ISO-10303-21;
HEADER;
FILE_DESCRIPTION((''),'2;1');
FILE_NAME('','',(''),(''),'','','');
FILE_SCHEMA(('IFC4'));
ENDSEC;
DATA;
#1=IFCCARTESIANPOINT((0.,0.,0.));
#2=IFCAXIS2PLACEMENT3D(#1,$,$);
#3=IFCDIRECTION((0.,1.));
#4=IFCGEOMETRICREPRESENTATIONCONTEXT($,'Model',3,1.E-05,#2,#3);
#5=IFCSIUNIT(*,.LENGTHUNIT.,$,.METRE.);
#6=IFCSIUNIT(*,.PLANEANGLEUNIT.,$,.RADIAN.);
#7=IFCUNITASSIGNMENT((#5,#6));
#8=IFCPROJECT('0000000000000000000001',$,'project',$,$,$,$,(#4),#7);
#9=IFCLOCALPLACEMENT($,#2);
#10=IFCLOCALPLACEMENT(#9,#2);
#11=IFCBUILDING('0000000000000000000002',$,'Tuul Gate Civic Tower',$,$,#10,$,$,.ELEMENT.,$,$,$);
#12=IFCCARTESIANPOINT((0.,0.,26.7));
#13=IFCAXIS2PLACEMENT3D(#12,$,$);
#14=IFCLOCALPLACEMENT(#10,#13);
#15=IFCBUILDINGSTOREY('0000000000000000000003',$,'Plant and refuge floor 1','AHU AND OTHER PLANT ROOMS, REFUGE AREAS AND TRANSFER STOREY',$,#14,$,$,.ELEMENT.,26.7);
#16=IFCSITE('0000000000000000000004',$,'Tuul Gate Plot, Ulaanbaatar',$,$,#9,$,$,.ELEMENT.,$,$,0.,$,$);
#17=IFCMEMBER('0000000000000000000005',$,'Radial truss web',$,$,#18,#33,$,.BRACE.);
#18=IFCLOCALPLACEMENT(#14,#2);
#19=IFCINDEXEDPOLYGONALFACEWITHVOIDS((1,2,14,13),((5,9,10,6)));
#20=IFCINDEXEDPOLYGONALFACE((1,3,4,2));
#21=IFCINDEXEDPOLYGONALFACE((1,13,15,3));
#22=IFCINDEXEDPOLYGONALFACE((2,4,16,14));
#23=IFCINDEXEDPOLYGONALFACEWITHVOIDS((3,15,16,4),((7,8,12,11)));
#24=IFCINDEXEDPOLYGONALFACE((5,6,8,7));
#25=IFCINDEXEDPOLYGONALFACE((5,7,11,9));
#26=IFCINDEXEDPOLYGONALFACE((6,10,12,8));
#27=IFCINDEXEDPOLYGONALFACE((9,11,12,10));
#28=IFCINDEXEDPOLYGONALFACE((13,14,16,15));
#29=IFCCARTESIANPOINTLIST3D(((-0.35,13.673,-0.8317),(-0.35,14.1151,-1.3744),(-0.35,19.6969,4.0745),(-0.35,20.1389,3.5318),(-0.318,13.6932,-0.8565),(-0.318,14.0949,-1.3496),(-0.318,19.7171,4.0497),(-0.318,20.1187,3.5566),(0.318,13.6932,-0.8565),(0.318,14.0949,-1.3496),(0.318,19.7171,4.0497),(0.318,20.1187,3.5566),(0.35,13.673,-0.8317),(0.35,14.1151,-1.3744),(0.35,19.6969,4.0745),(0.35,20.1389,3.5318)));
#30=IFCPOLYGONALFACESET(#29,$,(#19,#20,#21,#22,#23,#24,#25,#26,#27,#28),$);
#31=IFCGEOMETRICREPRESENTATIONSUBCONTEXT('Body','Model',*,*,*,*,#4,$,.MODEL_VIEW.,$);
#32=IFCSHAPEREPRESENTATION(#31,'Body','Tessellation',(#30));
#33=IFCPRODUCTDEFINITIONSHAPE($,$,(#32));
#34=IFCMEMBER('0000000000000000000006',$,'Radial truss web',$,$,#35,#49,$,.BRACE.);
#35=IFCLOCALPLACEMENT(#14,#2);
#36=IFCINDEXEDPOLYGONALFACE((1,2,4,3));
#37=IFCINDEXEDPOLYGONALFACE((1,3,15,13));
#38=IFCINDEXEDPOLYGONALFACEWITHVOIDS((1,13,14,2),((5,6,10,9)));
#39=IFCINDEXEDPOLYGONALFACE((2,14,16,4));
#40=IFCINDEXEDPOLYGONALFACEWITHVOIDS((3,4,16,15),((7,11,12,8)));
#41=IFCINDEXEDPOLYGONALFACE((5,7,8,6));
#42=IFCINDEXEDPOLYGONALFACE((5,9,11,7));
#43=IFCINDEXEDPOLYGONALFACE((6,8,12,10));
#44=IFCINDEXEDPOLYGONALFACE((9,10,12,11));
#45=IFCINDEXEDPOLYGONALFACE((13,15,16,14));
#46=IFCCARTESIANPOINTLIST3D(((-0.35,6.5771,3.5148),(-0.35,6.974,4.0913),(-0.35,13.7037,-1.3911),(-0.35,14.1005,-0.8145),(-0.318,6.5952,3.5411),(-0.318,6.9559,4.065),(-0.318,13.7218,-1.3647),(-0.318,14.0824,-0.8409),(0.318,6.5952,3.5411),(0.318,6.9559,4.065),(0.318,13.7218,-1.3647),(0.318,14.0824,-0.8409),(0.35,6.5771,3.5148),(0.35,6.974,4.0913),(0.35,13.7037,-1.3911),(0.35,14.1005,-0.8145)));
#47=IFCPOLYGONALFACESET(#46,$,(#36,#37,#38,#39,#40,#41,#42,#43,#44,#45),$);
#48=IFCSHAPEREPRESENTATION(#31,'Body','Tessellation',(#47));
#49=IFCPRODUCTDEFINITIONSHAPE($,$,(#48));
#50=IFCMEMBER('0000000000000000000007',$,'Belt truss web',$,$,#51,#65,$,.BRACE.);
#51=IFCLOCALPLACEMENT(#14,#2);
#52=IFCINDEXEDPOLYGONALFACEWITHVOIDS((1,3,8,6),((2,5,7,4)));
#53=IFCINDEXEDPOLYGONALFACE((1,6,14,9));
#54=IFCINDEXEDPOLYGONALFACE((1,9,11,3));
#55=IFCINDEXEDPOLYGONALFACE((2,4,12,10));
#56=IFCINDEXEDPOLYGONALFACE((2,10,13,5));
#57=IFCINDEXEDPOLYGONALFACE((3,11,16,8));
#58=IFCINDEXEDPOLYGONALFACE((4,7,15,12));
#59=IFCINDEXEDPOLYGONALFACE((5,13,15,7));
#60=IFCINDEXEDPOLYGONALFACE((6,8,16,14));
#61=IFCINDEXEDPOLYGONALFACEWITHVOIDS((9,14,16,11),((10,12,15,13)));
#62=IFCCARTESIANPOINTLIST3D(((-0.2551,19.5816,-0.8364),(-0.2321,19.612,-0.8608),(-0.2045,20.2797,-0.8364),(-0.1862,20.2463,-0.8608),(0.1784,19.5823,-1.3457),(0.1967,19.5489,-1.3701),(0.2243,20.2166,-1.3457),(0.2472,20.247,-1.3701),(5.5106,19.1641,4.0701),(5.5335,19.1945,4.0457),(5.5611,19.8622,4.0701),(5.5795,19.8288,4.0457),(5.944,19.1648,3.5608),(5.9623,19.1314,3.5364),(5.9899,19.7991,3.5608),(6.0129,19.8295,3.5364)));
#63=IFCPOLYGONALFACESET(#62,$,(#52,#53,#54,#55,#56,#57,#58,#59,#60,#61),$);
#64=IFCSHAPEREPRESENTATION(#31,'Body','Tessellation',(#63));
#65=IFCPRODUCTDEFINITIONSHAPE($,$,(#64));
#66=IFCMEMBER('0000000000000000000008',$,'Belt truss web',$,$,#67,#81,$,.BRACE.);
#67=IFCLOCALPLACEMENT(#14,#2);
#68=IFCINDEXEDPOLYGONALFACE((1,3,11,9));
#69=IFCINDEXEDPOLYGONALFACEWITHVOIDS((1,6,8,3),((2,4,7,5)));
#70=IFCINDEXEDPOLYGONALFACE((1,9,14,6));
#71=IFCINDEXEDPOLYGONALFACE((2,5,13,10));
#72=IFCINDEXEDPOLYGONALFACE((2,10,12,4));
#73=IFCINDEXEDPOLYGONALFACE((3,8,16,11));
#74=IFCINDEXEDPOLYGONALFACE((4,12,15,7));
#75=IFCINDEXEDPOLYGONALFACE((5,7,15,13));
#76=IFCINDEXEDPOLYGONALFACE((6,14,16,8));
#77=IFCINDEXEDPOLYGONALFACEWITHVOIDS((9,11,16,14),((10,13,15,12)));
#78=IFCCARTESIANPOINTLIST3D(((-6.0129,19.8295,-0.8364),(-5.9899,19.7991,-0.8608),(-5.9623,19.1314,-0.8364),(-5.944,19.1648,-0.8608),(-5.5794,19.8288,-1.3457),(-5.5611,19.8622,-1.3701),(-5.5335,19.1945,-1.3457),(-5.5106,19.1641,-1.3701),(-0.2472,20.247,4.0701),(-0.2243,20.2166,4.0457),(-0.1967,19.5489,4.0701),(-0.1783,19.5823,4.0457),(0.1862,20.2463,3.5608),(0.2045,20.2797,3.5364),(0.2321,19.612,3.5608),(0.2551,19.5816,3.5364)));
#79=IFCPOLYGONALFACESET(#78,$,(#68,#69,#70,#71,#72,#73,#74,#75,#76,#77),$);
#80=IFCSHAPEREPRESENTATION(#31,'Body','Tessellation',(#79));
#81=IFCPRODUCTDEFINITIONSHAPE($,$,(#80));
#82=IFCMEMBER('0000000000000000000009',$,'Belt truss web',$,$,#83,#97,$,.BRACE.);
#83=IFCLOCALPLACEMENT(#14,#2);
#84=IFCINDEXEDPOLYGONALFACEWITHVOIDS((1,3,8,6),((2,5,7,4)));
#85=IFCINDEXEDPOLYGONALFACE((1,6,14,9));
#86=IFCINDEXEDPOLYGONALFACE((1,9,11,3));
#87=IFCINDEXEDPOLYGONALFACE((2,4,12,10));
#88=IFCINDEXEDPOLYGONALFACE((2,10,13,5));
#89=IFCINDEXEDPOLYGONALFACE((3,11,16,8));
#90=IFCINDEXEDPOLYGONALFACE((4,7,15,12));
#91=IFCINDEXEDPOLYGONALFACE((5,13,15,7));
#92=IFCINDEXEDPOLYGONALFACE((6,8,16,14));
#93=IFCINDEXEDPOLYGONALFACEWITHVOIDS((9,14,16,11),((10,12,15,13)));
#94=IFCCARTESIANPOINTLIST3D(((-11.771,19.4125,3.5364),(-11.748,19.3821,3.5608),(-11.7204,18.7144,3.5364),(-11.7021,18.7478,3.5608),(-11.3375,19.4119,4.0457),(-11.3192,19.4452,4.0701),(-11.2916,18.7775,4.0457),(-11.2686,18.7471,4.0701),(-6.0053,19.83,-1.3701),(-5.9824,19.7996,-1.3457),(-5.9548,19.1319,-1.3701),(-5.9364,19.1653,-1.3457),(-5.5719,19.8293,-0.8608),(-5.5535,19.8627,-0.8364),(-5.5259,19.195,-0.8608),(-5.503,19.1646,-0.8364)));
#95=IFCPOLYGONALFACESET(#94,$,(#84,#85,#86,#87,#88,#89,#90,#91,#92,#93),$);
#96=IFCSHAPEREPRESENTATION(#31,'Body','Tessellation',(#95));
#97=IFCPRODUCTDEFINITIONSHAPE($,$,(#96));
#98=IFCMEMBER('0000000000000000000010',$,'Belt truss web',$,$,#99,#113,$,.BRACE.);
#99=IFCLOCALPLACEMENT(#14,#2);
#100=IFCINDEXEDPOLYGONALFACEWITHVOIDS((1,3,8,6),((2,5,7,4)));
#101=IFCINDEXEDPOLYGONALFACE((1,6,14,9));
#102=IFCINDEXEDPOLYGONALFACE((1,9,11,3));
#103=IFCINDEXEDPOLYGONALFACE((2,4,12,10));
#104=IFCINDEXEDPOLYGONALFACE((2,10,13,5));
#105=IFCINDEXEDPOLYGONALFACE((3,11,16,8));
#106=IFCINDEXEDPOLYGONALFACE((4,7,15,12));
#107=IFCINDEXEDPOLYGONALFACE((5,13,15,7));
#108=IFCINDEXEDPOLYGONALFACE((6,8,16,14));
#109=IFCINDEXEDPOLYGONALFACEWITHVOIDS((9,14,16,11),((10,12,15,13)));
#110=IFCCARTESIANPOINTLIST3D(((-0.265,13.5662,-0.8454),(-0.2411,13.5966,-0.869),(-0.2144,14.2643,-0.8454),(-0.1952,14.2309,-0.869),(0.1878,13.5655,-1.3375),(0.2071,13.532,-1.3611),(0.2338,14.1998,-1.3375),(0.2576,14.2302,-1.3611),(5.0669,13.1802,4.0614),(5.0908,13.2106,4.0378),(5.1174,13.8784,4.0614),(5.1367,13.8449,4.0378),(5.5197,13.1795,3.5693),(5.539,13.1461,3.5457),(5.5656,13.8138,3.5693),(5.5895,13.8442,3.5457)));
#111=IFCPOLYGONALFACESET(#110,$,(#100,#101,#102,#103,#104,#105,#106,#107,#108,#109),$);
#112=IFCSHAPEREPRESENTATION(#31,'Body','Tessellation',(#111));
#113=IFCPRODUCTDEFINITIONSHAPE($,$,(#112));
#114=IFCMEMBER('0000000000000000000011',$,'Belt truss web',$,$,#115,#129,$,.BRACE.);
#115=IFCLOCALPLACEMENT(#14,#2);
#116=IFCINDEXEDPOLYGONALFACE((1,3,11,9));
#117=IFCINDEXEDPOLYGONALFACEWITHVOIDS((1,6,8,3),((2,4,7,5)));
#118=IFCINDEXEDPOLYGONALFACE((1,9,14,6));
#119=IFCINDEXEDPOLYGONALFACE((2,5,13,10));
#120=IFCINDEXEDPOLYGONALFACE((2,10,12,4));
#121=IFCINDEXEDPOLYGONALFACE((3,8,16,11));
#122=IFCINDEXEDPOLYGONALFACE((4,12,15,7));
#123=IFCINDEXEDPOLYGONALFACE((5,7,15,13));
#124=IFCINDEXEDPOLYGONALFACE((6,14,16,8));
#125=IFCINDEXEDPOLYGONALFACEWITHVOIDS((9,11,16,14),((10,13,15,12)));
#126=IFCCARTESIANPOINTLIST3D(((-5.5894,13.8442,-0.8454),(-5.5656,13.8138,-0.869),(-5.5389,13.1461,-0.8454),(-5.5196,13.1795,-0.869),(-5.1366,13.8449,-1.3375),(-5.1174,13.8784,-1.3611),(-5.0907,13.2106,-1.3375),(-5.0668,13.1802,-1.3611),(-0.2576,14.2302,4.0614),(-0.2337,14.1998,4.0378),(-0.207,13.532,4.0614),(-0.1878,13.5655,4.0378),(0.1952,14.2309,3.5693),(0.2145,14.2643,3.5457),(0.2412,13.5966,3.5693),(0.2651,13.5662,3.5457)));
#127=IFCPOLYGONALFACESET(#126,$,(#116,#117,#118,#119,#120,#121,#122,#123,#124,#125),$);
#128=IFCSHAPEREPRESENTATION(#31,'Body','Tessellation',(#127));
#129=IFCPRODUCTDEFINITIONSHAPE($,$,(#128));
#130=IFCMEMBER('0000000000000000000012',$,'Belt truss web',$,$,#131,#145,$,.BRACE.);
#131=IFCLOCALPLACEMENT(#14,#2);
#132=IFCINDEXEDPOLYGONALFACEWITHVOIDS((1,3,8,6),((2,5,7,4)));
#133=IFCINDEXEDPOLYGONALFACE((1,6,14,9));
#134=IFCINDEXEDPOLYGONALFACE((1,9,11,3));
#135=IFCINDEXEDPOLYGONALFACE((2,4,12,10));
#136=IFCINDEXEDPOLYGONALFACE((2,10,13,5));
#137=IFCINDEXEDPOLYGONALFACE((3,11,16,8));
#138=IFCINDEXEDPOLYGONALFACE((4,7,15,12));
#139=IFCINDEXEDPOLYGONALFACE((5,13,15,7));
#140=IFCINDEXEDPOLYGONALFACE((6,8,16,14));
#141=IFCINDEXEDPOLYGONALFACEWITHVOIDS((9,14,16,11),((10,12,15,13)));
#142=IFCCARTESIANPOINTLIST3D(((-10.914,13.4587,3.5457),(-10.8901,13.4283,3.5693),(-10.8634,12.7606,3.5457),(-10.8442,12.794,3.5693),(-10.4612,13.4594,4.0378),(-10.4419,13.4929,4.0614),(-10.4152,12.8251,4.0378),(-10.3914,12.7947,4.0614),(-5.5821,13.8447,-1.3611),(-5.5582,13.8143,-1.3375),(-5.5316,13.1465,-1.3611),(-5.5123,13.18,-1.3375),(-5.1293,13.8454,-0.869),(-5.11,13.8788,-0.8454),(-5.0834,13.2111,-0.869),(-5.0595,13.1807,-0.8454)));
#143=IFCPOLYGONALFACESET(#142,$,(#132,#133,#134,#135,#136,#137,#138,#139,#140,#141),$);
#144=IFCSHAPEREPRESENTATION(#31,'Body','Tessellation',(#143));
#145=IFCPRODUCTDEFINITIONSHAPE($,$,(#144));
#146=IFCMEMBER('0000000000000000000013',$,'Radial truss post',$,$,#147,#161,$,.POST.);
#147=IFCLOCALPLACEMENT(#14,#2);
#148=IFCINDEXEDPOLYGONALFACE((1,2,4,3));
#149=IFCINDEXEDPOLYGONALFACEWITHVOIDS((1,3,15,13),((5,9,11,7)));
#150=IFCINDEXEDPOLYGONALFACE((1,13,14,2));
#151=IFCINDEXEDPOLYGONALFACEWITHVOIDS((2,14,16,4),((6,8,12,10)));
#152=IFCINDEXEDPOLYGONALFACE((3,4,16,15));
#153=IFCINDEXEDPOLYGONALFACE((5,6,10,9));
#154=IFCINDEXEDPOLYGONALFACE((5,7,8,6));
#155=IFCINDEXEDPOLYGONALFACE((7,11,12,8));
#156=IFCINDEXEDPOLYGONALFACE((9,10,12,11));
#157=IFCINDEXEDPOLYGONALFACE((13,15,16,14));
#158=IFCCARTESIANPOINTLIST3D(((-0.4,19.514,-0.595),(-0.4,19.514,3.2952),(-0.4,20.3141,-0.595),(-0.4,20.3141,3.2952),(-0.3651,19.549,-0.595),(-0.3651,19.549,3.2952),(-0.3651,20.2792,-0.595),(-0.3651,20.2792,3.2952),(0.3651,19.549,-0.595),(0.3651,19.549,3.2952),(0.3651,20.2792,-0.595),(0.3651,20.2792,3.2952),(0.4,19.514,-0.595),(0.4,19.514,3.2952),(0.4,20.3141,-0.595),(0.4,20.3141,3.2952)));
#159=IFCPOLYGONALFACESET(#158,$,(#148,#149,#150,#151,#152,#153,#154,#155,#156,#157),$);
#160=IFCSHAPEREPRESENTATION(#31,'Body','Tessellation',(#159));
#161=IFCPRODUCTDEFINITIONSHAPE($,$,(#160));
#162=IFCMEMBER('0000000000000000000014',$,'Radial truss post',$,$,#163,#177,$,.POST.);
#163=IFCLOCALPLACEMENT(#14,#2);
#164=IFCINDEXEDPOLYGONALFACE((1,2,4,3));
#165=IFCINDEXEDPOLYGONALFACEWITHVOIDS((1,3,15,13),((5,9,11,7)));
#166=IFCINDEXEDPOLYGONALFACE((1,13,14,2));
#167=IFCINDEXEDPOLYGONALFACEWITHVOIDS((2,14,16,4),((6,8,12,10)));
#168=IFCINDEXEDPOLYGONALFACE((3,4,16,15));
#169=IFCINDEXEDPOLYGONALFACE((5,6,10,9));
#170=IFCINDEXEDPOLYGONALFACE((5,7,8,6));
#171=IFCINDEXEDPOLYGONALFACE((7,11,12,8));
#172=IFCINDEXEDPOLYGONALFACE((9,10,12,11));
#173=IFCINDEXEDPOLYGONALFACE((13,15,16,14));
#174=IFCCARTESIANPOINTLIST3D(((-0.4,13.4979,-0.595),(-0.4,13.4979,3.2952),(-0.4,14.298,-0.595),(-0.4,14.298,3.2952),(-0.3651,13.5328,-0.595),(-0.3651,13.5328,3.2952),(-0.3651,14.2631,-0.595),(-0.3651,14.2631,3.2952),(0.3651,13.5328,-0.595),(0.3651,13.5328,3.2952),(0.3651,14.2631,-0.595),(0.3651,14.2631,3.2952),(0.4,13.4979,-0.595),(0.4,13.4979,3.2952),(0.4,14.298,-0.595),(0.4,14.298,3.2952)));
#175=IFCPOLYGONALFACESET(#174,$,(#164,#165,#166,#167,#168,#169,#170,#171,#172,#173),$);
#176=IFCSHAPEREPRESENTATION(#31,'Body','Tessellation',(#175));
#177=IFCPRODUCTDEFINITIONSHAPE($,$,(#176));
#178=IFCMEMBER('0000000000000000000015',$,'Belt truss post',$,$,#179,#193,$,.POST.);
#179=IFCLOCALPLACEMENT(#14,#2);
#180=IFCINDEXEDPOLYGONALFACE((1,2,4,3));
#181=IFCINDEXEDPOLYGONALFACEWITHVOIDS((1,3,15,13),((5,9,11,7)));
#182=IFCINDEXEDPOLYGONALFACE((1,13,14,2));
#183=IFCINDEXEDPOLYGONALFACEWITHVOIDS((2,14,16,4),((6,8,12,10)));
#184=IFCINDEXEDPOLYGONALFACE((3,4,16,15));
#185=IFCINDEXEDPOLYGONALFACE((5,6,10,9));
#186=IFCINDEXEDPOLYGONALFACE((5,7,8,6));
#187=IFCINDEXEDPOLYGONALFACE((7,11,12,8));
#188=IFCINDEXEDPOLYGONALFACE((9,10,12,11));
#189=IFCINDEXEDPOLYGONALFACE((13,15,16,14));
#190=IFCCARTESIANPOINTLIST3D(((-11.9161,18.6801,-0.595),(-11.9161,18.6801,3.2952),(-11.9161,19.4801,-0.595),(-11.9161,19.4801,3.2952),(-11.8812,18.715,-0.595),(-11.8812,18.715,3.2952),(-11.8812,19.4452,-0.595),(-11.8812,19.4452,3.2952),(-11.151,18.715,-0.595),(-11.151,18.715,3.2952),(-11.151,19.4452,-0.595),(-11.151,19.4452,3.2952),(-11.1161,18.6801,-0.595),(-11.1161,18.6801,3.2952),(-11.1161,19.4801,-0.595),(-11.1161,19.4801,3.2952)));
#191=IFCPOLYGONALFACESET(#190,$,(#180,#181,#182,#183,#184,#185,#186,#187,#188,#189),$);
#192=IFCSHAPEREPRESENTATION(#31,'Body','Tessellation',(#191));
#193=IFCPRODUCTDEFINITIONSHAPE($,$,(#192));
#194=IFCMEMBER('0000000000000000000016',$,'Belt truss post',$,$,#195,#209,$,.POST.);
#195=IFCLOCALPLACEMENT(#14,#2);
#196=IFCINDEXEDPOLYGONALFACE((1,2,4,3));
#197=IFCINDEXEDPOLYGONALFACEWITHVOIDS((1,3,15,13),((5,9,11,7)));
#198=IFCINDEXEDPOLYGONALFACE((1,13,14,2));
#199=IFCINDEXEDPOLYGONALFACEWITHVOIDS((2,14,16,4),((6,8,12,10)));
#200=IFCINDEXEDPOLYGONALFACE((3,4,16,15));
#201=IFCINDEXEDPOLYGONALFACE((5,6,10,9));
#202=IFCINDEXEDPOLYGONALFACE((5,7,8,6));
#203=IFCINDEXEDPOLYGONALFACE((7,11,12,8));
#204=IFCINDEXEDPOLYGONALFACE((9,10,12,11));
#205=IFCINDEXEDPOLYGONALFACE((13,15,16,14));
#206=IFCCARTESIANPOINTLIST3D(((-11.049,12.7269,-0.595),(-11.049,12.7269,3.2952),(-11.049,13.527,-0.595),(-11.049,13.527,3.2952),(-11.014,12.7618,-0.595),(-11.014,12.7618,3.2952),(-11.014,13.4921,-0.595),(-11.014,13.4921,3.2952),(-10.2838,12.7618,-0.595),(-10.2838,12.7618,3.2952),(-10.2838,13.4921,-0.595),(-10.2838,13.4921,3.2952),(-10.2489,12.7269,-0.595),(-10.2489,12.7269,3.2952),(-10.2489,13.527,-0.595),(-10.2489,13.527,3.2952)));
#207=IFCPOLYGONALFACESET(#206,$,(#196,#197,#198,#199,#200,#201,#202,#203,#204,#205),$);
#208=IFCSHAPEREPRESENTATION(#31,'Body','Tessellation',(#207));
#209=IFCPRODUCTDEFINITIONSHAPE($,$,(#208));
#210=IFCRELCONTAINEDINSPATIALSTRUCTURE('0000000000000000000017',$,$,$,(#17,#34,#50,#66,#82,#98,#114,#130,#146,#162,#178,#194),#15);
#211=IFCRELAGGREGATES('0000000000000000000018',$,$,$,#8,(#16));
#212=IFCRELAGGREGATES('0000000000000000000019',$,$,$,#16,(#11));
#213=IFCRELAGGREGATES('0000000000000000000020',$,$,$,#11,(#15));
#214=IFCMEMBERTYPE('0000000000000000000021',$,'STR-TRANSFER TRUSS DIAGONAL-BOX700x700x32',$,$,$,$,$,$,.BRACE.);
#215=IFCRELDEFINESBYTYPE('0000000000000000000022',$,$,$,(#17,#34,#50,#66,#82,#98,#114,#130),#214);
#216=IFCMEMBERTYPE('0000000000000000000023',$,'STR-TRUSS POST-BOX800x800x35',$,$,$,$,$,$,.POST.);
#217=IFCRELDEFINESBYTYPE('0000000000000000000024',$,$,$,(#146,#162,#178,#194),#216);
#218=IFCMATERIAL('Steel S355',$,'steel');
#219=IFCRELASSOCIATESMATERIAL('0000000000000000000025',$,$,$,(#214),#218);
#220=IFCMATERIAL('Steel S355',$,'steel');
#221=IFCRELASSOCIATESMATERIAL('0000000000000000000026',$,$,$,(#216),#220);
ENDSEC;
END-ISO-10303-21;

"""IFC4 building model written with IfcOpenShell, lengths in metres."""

from ifc_helpers import new_model, si_unit, direction, frame, origin, origin_2d, place, context, subcontext, project, spatial, hollow_rectangle, extrude, material, material_profile, profile_set, type_object, element, save


model = new_model("IFC4")

# Units and contexts
model_context = context("Model", 3, precision=1e-05, world=origin(), true_north=direction((0.0, 1.0)))
body_context = subcontext(model_context, "Body", "Model", "MODEL_VIEW")
ifc_project = project(units=[si_unit("LENGTHUNIT", "METRE"), si_unit("PLANEANGLEUNIT", "RADIAN")], contexts=[model_context])

# Site, building, storey
site_placement = place(None, origin())
site = spatial("IfcSite", under=ifc_project, at=site_placement, Name="Tuul Gate Plot, Ulaanbaatar", CompositionType="ELEMENT", RefElevation=0.0)
building_placement = place(site_placement, origin())
building = spatial("IfcBuilding", under=site, at=building_placement, Name="Tuul Gate Civic Tower", CompositionType="ELEMENT")
storey_placement = place(building_placement, frame((0.0, 0.0, 26.7)))
storey = spatial("IfcBuildingStorey", under=building, at=storey_placement, Name="Plant and refuge floor 1", Description="AHU AND OTHER PLANT ROOMS, REFUGE AREAS AND TRANSFER STOREY", CompositionType="ELEMENT", Elevation=26.7)

# Members
ifc_material_1 = material(Name="Steel S355", Category="steel")
ifc_material_profile_1 = material_profile(ifc_material_1, hollow_rectangle(XDim=0.7, YDim=0.7, WallThickness=0.032, at=origin_2d()), Name="BOX700x700x32")
ifc_profile_set_1 = profile_set([ifc_material_profile_1], Name="Steel S355")
member_type_1 = type_object("IfcMemberType", Name="STR-TRANSFER TRUSS DIAGONAL-BOX700x700x32", PredefinedType="BRACE", material=ifc_profile_set_1)
member_1_placement = place(storey_placement, frame((0.0, 13.894, -1.103), z_axis=(0.0, 0.775369, 0.631508), x_axis=(-1.0, 0.0, 0.0)))
element("IfcMember", 1, at=member_1_placement, inside=storey, type_object=member_type_1, Name="Radial truss web", PredefinedType="BRACE", context=body_context, shape_type="SweptSolid", body=[
    extrude(hollow_rectangle(XDim=0.7, YDim=0.7, WallThickness=0.032, at=origin_2d()), origin(), (0.0, 0.0, 1.0), 7.769),
])
member_2_placement = place(storey_placement, frame((0.0, 13.9021, -1.1028), z_axis=(0.0, -0.823701, 0.567025), x_axis=(1.0, 0.0, 0.0)))
element("IfcMember", 2, at=member_2_placement, inside=storey, type_object=member_type_1, Name="Radial truss web", PredefinedType="BRACE", context=body_context, shape_type="SweptSolid", body=[
    extrude(hollow_rectangle(XDim=0.7, YDim=0.7, WallThickness=0.032, at=origin_2d()), origin(), (0.0, 0.0, 1.0), 8.6519),
])
for number, where, z_axis, x_axis, name in (
    (3, (-0.0039, 19.9143, -1.1033), (0.760412, -0.05506, 0.647103), (0.072219, 0.997389, 0.0), "Belt truss web"),
    (4, (-5.7617, 19.4968, -1.1033), (0.760412, 0.05506, 0.647103), (-0.072219, 0.997389, 0.0), "Belt truss web"),
    (5, (-5.7542, 19.4973, -1.1033), (-0.760412, -0.05506, 0.647103), (0.072219, -0.997389, 0.0), "Belt truss web"),
):
    element("IfcMember", number, at=place(storey_placement, frame(where, z_axis=z_axis, x_axis=x_axis)), inside=storey, type_object=member_type_1, Name=name, PredefinedType="BRACE", context=body_context, shape_type="SweptSolid", body=[
        extrude(hollow_rectangle(XDim=0.7, YDim=0.7, WallThickness=0.032, at=origin_2d()), origin(), (0.0, 0.0, 1.0), 7.5823),
    ])
for number, where, z_axis, x_axis, name in (
    (6, (-0.0037, 13.8982, -1.1033), (0.734786, -0.053194, 0.676209), (0.072204, 0.99739, 0.0), "Belt truss web"),
    (7, (-5.3281, 13.5122, -1.1033), (0.734786, 0.053194, 0.676209), (-0.072204, 0.99739, 0.0), "Belt truss web"),
    (8, (-5.3208, 13.5127, -1.1033), (-0.734786, -0.053194, 0.676209), (0.072204, -0.99739, 0.0), "Belt truss web"),
):
    element("IfcMember", number, at=place(storey_placement, frame(where, z_axis=z_axis, x_axis=x_axis)), inside=storey, type_object=member_type_1, Name=name, PredefinedType="BRACE", context=body_context, shape_type="SweptSolid", body=[
        extrude(hollow_rectangle(XDim=0.7, YDim=0.7, WallThickness=0.032, at=origin_2d()), origin(), (0.0, 0.0, 1.0), 7.2563),
    ])
ifc_material_2 = material(Name="Steel S355", Category="steel")
ifc_material_profile_2 = material_profile(ifc_material_2, hollow_rectangle(XDim=0.8, YDim=0.8, WallThickness=0.0349, at=origin_2d()), Name="BOX800x800x35")
ifc_profile_set_2 = profile_set([ifc_material_profile_2], Name="Steel S355")
member_type_2 = type_object("IfcMemberType", Name="STR-TRUSS POST-BOX800x800x35", PredefinedType="POST", material=ifc_profile_set_2)
for number, where, z_axis, x_axis, name in (
    (9, (0.0, 19.9141, -0.595), (0.0, 0.0, 1.0), (1.0, 0.0, 0.0), "Radial truss post"),
    (10, (0.0, 13.8979, -0.595), (0.0, 0.0, 1.0), (1.0, 0.0, 0.0), "Radial truss post"),
    (11, (-11.5161, 19.0801, -0.595), (0.0, 0.0, 1.0), (1.0, 0.0, 0.0), "Belt truss post"),
    (12, (-10.6489, 13.127, -0.595), (0.0, 0.0, 1.0), (1.0, 0.0, 0.0), "Belt truss post"),
):
    element("IfcMember", number, at=place(storey_placement, frame(where, z_axis=z_axis, x_axis=x_axis)), inside=storey, type_object=member_type_2, Name=name, PredefinedType="POST", context=body_context, shape_type="SweptSolid", body=[
        extrude(hollow_rectangle(XDim=0.8, YDim=0.8, WallThickness=0.0349, at=origin_2d()), origin(), (0.0, 0.0, 1.0), 3.8901),
    ])

save(model, "model.ifc")
